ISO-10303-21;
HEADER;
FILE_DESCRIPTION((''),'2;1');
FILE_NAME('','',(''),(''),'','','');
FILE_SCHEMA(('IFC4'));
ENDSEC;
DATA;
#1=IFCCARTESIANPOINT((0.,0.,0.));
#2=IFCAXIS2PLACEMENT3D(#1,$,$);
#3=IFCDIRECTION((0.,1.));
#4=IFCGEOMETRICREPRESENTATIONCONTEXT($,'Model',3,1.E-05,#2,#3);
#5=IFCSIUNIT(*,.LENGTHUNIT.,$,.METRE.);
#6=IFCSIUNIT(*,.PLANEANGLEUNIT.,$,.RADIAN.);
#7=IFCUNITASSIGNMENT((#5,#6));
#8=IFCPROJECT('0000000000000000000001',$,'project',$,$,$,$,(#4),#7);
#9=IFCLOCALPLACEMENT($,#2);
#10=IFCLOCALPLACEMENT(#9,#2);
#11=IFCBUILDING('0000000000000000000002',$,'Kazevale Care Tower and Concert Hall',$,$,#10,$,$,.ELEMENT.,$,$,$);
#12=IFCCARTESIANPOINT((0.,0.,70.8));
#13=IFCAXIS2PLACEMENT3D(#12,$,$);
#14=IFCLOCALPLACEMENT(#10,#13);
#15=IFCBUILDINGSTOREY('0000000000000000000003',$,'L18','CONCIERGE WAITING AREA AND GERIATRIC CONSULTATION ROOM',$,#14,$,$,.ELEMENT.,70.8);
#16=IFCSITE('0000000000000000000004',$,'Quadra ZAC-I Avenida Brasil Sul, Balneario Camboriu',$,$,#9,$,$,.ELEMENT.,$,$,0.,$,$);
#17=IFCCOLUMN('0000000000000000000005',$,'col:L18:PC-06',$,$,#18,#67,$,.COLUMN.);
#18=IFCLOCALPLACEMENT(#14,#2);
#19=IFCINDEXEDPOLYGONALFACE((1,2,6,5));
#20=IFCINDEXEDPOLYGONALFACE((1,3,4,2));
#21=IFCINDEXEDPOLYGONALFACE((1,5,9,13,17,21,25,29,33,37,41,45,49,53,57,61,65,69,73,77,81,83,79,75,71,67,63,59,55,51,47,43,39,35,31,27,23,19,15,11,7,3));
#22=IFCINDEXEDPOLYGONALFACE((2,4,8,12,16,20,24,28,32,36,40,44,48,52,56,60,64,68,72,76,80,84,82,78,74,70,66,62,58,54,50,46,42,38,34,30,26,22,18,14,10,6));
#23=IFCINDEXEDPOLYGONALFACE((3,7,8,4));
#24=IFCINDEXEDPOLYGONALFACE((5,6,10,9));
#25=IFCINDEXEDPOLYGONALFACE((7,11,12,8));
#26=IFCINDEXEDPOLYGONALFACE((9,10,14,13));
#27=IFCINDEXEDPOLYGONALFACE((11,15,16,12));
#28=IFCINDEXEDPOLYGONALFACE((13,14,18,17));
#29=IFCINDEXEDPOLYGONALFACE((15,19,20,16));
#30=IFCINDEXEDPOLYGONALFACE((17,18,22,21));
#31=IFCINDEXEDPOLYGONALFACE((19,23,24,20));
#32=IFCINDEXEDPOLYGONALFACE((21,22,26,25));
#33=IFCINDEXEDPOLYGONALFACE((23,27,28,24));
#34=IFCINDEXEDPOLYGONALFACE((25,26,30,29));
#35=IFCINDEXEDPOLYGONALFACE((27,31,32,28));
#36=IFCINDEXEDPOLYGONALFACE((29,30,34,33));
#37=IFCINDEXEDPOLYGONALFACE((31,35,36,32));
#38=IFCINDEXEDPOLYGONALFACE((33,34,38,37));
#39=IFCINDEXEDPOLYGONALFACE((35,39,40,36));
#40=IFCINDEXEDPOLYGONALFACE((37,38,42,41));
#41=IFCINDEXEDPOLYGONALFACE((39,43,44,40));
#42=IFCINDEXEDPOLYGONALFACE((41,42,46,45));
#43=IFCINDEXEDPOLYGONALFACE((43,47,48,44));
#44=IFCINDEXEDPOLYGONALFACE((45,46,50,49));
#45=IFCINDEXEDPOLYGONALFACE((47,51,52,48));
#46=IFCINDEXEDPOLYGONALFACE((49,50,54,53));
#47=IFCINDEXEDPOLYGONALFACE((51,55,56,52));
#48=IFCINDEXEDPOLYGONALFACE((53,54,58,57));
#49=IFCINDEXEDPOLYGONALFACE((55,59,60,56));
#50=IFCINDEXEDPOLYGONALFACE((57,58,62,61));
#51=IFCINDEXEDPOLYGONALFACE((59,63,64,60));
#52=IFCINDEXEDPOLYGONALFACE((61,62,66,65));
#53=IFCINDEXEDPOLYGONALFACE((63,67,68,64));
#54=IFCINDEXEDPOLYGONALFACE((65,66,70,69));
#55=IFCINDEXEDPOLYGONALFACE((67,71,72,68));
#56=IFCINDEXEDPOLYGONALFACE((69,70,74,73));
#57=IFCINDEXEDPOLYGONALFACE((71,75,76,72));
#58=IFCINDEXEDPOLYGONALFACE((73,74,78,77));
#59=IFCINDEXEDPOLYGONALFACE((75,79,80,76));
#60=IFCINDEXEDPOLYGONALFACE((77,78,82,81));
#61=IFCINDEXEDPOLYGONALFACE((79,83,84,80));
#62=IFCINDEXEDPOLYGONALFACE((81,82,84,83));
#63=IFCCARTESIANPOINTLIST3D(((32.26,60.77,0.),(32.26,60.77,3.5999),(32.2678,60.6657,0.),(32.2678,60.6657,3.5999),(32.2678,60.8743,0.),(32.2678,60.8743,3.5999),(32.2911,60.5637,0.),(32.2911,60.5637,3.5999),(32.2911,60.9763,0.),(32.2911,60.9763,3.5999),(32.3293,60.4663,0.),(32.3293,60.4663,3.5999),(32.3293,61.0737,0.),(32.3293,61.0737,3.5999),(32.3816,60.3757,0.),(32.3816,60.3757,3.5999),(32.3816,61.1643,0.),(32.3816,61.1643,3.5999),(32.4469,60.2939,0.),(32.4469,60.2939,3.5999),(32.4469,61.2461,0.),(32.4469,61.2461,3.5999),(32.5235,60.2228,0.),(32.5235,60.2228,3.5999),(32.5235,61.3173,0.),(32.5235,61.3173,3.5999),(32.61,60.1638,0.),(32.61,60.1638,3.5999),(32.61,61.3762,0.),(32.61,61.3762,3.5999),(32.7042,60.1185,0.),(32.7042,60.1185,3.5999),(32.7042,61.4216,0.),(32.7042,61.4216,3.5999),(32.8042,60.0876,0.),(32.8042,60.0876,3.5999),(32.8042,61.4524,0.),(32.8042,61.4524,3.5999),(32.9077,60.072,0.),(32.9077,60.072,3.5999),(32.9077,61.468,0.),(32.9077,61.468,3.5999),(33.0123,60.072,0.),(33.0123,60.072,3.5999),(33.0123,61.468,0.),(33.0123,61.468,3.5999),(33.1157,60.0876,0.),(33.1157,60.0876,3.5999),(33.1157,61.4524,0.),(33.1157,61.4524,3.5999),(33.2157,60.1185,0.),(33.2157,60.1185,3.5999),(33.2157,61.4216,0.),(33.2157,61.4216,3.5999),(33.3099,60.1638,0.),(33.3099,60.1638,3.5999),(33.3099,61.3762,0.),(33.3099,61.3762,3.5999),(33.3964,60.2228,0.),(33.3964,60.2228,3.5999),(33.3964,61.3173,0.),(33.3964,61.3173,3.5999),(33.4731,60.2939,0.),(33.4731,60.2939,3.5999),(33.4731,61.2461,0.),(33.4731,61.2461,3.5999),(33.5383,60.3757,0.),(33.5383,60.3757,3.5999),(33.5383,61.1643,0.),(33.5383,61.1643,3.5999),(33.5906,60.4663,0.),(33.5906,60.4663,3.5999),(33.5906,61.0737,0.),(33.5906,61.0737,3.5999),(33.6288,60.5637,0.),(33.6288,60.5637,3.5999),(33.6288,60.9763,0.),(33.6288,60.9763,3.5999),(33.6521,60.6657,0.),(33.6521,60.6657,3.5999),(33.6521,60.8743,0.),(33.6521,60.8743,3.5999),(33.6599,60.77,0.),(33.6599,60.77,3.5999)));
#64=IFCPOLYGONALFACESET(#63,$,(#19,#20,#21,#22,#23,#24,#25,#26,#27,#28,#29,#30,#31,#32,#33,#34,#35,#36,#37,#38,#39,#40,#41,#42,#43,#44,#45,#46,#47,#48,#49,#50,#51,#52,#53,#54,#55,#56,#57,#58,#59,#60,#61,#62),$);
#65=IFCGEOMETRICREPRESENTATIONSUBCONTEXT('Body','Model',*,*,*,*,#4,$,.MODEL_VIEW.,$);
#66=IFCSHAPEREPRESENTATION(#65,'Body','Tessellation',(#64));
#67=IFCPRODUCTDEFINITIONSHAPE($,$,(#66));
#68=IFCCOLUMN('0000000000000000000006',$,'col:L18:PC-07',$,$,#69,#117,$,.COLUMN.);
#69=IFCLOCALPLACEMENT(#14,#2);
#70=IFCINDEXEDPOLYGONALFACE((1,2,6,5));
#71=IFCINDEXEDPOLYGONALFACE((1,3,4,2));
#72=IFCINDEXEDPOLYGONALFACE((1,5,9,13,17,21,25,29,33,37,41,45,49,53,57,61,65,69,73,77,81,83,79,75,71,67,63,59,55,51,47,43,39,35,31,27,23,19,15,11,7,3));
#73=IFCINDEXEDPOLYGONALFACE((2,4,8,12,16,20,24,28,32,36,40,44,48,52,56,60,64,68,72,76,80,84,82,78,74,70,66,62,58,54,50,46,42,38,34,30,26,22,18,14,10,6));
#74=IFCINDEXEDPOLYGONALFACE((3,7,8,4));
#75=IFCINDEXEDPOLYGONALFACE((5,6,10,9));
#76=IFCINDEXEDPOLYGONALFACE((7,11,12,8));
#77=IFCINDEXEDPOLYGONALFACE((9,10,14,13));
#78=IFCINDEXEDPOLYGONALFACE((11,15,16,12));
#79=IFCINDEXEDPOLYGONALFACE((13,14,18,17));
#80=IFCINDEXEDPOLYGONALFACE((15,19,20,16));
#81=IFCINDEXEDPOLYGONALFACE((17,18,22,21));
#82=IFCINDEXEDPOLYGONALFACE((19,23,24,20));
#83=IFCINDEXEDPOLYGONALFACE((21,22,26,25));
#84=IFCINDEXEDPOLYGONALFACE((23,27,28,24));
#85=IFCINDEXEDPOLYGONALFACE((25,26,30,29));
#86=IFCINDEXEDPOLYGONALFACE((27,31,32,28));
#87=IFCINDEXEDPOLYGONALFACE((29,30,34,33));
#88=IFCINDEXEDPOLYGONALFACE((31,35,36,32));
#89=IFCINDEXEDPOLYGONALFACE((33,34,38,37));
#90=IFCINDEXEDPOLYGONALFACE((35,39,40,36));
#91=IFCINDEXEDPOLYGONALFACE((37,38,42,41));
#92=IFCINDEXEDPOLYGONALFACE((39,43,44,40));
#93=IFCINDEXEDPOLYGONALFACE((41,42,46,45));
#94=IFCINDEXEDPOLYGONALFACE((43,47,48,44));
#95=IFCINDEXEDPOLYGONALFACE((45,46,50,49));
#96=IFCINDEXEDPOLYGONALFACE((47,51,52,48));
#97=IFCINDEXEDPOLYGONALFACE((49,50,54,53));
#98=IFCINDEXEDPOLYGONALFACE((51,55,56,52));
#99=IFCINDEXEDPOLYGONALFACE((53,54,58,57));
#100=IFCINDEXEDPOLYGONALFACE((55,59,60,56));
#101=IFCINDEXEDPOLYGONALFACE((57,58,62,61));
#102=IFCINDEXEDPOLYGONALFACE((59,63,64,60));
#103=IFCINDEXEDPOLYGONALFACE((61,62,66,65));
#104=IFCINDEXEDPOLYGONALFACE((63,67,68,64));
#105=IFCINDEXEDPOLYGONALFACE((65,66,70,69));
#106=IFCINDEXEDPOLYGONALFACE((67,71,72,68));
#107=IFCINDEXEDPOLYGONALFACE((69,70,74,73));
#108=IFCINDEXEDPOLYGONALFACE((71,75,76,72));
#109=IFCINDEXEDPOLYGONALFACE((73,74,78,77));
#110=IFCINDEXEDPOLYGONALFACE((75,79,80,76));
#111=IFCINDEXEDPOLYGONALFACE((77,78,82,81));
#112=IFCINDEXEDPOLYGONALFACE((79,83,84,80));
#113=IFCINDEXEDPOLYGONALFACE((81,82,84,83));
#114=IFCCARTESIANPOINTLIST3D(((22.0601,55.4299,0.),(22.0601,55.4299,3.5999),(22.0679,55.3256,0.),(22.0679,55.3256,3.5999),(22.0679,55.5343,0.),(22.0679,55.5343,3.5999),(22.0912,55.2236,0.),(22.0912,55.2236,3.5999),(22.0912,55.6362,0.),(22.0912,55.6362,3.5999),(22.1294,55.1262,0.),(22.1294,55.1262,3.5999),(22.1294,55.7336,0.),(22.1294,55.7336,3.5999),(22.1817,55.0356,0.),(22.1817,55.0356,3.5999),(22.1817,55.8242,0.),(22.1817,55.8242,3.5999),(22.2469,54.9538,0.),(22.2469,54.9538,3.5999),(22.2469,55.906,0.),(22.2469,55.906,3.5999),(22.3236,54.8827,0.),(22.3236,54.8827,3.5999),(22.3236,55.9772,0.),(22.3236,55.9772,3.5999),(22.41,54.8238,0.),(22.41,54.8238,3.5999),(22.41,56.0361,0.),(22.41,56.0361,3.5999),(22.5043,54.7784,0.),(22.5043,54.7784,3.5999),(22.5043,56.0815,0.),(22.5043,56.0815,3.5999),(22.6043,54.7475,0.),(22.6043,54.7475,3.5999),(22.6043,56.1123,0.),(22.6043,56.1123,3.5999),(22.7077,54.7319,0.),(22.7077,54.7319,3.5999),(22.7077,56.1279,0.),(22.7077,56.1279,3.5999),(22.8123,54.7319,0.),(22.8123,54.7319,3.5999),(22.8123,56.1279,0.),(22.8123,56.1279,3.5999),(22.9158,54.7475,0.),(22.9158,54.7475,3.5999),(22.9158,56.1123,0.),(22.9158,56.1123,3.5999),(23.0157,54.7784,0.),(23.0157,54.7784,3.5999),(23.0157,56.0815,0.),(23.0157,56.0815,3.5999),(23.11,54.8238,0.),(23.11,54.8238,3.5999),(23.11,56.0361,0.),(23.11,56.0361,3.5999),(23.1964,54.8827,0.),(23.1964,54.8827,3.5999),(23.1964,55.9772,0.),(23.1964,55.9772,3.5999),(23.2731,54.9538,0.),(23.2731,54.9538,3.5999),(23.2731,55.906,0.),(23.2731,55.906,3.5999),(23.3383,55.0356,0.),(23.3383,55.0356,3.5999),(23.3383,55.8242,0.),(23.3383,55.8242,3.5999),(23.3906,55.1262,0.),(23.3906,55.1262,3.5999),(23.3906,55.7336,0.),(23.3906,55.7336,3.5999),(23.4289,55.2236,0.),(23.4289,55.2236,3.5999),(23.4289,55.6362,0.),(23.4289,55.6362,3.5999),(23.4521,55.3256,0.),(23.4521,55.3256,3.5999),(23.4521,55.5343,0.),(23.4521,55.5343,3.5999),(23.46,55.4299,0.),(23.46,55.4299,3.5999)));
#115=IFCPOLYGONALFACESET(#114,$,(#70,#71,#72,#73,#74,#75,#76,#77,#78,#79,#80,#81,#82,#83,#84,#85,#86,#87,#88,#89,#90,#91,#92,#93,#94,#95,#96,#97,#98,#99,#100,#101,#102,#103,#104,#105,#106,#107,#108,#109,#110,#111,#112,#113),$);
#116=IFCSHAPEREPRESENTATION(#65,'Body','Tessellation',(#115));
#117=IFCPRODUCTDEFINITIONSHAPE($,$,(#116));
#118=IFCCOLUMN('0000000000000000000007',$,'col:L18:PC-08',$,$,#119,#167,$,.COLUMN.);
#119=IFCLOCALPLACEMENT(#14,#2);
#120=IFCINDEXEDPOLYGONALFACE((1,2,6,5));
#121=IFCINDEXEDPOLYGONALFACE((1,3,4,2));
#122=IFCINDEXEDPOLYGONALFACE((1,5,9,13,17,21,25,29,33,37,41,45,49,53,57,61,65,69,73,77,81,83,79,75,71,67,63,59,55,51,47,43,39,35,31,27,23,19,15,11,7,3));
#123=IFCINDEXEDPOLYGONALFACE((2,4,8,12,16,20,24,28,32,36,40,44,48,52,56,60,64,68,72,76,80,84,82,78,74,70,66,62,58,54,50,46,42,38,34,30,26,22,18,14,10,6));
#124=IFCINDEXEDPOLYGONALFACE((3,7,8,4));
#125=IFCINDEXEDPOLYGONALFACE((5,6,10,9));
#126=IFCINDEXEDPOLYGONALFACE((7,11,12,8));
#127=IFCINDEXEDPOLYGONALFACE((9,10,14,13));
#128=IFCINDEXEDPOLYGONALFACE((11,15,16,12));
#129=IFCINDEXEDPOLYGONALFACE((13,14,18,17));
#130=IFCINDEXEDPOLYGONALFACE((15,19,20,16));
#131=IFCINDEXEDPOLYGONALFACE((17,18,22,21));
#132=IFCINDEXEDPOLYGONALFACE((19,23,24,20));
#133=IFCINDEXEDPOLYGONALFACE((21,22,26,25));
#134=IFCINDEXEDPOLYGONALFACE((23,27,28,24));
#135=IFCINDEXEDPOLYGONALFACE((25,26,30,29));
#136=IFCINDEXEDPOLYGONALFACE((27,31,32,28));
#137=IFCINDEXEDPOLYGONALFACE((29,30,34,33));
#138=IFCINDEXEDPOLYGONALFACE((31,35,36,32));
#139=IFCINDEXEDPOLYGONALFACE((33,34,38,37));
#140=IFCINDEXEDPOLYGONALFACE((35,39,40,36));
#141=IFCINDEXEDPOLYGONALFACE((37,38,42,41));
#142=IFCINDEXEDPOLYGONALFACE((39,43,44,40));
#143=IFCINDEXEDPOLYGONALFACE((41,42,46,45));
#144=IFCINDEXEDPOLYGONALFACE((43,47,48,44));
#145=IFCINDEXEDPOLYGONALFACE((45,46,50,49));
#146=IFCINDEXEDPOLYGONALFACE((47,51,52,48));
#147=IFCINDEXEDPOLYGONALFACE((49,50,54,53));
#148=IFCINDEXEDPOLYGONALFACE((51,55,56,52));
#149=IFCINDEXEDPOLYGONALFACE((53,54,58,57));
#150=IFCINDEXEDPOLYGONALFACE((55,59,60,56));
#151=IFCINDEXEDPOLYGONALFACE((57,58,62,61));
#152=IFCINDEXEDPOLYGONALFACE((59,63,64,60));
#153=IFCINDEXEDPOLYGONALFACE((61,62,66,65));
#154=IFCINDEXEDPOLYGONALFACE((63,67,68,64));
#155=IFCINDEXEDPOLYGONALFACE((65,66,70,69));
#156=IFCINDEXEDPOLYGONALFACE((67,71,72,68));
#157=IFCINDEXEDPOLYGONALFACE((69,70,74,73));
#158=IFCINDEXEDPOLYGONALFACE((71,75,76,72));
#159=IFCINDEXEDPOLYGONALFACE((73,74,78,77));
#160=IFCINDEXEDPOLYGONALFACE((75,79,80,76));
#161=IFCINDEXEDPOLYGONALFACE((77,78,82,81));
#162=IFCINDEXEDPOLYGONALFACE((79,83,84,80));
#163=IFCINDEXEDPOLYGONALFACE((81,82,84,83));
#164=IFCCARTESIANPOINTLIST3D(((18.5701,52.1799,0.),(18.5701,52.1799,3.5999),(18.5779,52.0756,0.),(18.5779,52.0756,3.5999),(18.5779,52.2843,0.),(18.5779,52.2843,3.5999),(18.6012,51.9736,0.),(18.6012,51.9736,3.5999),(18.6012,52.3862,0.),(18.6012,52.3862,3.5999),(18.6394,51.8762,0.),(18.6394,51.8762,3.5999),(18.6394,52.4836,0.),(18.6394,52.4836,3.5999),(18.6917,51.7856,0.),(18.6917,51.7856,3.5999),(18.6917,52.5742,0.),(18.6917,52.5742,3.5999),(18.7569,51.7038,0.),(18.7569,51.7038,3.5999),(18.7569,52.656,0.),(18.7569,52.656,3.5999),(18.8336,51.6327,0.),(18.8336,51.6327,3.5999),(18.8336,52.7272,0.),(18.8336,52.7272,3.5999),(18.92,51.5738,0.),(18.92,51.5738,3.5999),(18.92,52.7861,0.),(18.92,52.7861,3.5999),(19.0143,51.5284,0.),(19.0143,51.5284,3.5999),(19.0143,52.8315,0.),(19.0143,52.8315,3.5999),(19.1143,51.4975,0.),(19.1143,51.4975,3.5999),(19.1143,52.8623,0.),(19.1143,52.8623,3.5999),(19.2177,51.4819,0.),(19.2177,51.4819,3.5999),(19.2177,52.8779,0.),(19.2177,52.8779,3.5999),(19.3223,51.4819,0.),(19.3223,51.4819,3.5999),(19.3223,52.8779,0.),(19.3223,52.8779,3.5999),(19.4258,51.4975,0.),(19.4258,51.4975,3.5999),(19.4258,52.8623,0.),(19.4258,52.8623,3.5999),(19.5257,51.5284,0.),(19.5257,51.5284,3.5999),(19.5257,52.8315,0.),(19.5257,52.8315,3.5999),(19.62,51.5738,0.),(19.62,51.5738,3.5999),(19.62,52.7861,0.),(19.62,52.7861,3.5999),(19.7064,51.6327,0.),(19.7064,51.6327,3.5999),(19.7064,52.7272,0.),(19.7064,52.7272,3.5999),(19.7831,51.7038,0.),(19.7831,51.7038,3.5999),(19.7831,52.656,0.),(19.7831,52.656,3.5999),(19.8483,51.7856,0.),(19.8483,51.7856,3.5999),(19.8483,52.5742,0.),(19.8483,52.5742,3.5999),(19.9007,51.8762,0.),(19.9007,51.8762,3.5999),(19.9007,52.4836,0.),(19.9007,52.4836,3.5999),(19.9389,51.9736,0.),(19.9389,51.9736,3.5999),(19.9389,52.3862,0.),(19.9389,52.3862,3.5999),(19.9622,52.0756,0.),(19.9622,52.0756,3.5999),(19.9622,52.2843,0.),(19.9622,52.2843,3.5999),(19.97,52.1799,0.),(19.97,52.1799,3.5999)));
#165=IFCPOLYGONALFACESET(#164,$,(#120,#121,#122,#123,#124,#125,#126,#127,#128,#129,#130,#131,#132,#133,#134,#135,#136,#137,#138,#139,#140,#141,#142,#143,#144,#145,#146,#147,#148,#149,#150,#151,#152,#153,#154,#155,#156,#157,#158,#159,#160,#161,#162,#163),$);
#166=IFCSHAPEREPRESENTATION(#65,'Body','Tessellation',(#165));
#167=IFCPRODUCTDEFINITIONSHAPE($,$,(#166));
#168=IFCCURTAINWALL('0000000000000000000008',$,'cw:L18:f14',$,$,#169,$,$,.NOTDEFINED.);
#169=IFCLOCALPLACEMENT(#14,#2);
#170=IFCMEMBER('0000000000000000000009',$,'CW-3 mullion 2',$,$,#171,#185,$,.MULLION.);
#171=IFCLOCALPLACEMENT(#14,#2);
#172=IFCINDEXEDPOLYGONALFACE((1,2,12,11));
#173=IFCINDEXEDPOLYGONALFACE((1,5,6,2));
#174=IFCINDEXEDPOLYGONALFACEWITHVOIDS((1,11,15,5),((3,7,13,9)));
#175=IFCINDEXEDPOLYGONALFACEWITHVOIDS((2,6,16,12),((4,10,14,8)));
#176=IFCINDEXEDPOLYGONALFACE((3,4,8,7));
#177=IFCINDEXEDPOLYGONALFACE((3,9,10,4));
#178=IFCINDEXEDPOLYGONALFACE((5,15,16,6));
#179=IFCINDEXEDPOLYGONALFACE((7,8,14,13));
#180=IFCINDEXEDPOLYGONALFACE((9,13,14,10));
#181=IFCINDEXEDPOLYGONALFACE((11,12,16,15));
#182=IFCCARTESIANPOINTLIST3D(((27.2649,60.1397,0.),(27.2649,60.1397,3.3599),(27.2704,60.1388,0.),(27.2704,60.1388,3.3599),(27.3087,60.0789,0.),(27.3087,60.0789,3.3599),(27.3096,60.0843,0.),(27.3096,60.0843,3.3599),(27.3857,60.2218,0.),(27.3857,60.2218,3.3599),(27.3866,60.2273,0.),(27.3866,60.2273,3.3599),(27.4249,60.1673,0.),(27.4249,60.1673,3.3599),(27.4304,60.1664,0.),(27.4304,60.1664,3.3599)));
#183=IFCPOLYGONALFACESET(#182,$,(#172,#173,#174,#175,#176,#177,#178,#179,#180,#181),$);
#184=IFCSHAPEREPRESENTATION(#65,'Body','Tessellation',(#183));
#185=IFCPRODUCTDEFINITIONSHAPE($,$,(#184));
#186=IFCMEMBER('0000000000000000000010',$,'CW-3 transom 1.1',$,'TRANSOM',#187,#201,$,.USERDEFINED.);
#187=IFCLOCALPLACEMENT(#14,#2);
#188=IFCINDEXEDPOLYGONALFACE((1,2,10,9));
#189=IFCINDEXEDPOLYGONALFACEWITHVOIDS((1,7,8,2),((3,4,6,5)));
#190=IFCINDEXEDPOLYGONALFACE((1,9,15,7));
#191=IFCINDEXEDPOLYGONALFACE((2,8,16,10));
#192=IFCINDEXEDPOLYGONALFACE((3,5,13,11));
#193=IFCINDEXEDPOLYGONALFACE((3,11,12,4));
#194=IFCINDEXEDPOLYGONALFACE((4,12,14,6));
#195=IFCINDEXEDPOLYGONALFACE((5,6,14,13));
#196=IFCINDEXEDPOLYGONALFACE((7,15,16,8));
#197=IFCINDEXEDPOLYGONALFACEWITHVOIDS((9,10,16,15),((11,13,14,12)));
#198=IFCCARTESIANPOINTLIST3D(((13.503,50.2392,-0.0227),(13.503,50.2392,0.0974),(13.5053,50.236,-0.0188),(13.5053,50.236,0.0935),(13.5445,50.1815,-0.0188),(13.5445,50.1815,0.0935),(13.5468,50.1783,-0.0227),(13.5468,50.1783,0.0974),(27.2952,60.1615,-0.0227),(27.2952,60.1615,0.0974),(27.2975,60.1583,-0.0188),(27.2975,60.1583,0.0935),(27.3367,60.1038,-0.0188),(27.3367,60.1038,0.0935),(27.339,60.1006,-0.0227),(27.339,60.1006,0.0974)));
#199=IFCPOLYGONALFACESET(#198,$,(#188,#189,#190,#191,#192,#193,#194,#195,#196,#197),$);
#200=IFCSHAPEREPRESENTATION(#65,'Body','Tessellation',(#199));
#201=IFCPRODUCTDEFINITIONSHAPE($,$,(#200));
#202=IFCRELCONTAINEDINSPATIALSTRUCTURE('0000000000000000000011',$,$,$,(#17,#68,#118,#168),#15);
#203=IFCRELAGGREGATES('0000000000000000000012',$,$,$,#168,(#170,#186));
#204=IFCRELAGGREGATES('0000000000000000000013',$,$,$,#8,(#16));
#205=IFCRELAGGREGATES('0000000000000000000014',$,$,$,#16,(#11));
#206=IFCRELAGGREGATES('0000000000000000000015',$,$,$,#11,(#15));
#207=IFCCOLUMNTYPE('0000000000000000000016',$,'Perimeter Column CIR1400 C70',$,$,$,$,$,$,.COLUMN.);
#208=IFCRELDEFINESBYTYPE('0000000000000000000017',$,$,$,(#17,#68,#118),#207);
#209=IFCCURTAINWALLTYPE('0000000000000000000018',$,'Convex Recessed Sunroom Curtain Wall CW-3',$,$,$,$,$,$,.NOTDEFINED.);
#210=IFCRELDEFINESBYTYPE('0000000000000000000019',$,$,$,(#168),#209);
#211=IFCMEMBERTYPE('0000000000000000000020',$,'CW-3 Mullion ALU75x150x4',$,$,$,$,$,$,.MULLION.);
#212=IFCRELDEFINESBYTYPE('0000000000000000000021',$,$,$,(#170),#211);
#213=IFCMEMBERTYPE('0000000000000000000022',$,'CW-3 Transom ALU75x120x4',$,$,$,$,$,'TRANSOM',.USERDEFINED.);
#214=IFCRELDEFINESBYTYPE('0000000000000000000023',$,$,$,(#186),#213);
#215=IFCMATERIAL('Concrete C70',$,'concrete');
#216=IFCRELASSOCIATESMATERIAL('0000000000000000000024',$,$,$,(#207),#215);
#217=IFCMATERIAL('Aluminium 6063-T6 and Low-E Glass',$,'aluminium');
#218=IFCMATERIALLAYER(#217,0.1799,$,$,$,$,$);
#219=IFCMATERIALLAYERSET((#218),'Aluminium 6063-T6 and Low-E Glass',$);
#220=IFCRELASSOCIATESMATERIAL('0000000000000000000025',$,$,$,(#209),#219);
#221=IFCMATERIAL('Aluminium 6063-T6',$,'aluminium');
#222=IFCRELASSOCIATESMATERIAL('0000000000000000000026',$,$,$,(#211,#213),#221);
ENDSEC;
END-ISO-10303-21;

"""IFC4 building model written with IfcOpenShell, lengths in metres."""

from ifc_helpers import new_model, si_unit, direction, frame, origin, origin_2d, place, context, subcontext, project, spatial, hollow_rectangle, circle, extrude, material, layer, layer_set, material_profile, profile_set, type_object, element, aggregate, save


model = new_model("IFC4")

# Units and contexts
model_context = context("Model", 3, precision=1e-05, world=origin(), true_north=direction((0.0, 1.0)))
body_context = subcontext(model_context, "Body", "Model", "MODEL_VIEW")
ifc_project = project(units=[si_unit("LENGTHUNIT", "METRE"), si_unit("PLANEANGLEUNIT", "RADIAN")], contexts=[model_context])

# Site, building, storey
site_placement = place(None, origin())
site = spatial("IfcSite", under=ifc_project, at=site_placement, Name="Quadra ZAC-I Avenida Brasil Sul, Balneario Camboriu", CompositionType="ELEMENT", RefElevation=0.0)
building_placement = place(site_placement, origin())
building = spatial("IfcBuilding", under=site, at=building_placement, Name="Kazevale Care Tower and Concert Hall", CompositionType="ELEMENT")
storey_placement = place(building_placement, frame((0.0, 0.0, 70.8)))
storey = spatial("IfcBuildingStorey", under=building, at=storey_placement, Name="L18", Description="CONCIERGE WAITING AREA AND GERIATRIC CONSULTATION ROOM", CompositionType="ELEMENT", Elevation=70.8)

# Columns
ifc_material_1 = material(Name="Concrete C70", Category="concrete")
ifc_material_profile_1 = material_profile(ifc_material_1, circle(Radius=0.7, at=origin_2d()), Name="RC-CIR1400")
ifc_profile_set_1 = profile_set([ifc_material_profile_1], Name="Concrete C70")
column_type = type_object("IfcColumnType", Name="Perimeter Column CIR1400 C70", PredefinedType="COLUMN", material=ifc_profile_set_1)
for number, where, z_axis, x_axis, name in (
    (1, (32.96, 60.77, 0.0), (0.0, 0.0, 1.0), (1.0, 0.0, 0.0), "col:L18:PC-06"),
    (2, (22.76, 55.4299, 0.0), (0.0, 0.0, 1.0), (1.0, 0.0, 0.0), "col:L18:PC-07"),
    (3, (19.27, 52.1799, 0.0), (0.0, 0.0, 1.0), (1.0, 0.0, 0.0), "col:L18:PC-08"),
):
    element("IfcColumn", number, at=place(storey_placement, frame(where, z_axis=z_axis, x_axis=x_axis)), inside=storey, type_object=column_type, Name=name, PredefinedType="COLUMN", context=body_context, shape_type="SweptSolid", body=[
        extrude(circle(Radius=0.7, at=origin_2d()), origin(), (0.0, 0.0, 1.0), 3.5999),
    ])

# Curtain wall, members
ifc_material_2 = material(Name="Aluminium 6063-T6 and Low-E Glass", Category="aluminium")
ifc_layer_1 = layer(ifc_material_2, 0.1799)
ifc_layer_set_1 = layer_set([ifc_layer_1], Name="Aluminium 6063-T6 and Low-E Glass")
curtain_wall_type = type_object("IfcCurtainWallType", Name="Convex Recessed Sunroom Curtain Wall CW-3", PredefinedType="NOTDEFINED", material=ifc_layer_set_1)
curtain_wall_placement = place(storey_placement, origin())
curtain_wall = element("IfcCurtainWall", 4, at=curtain_wall_placement, inside=storey, type_object=curtain_wall_type, Name="cw:L18:f14", PredefinedType="NOTDEFINED")
ifc_material_3 = material(Name="Aluminium 6063-T6", Category="aluminium")
ifc_material_profile_2 = material_profile(ifc_material_3, hollow_rectangle(XDim=0.075, YDim=0.1499, WallThickness=0.0039, at=origin_2d()), Name="ALU75x150x4")
ifc_profile_set_2 = profile_set([ifc_material_profile_2], Name="Aluminium 6063-T6")
member_type_1 = type_object("IfcMemberType", Name="CW-3 Mullion ALU75x150x4", PredefinedType="MULLION", material=ifc_profile_set_2)
member_1_placement = place(storey_placement, frame((27.3477, 60.1531, 0.0), z_axis=(0.0, 0.0, 1.0), x_axis=(-0.583994, 0.811758, 0.0)))
member_1 = element("IfcMember", 5, at=member_1_placement, type_object=member_type_1, Name="CW-3 mullion 2", PredefinedType="MULLION", context=body_context, shape_type="SweptSolid", body=[
    extrude(hollow_rectangle(XDim=0.075, YDim=0.1499, WallThickness=0.0039, at=origin_2d()), origin(), (0.0, 0.0, 1.0), 3.3599),
])
ifc_material_profile_3 = material_profile(ifc_material_3, hollow_rectangle(XDim=0.075, YDim=0.1201, WallThickness=0.0039, at=origin_2d()), Name="ALU75x120x4")
ifc_profile_set_3 = profile_set([ifc_material_profile_3], Name="Aluminium 6063-T6")
member_type_2 = type_object("IfcMemberType", Name="CW-3 Transom ALU75x120x4", ElementType="TRANSOM", PredefinedType="USERDEFINED", material=ifc_profile_set_3)
member_2_placement = place(storey_placement, frame((13.5249, 50.2087, 0.0374), z_axis=(0.811759, 0.583993, 0.0), x_axis=(-0.583993, 0.811759, 0.0)))
member_2 = element("IfcMember", 6, at=member_2_placement, type_object=member_type_2, Name="CW-3 transom 1.1", ObjectType="TRANSOM", PredefinedType="USERDEFINED", context=body_context, shape_type="SweptSolid", body=[
    extrude(hollow_rectangle(XDim=0.075, YDim=0.1201, WallThickness=0.0039, at=origin_2d()), origin(), (0.0, 0.0, 1.0), 16.9905),
])

aggregate(curtain_wall, [member_1, member_2])

save(model, "model.ifc")
